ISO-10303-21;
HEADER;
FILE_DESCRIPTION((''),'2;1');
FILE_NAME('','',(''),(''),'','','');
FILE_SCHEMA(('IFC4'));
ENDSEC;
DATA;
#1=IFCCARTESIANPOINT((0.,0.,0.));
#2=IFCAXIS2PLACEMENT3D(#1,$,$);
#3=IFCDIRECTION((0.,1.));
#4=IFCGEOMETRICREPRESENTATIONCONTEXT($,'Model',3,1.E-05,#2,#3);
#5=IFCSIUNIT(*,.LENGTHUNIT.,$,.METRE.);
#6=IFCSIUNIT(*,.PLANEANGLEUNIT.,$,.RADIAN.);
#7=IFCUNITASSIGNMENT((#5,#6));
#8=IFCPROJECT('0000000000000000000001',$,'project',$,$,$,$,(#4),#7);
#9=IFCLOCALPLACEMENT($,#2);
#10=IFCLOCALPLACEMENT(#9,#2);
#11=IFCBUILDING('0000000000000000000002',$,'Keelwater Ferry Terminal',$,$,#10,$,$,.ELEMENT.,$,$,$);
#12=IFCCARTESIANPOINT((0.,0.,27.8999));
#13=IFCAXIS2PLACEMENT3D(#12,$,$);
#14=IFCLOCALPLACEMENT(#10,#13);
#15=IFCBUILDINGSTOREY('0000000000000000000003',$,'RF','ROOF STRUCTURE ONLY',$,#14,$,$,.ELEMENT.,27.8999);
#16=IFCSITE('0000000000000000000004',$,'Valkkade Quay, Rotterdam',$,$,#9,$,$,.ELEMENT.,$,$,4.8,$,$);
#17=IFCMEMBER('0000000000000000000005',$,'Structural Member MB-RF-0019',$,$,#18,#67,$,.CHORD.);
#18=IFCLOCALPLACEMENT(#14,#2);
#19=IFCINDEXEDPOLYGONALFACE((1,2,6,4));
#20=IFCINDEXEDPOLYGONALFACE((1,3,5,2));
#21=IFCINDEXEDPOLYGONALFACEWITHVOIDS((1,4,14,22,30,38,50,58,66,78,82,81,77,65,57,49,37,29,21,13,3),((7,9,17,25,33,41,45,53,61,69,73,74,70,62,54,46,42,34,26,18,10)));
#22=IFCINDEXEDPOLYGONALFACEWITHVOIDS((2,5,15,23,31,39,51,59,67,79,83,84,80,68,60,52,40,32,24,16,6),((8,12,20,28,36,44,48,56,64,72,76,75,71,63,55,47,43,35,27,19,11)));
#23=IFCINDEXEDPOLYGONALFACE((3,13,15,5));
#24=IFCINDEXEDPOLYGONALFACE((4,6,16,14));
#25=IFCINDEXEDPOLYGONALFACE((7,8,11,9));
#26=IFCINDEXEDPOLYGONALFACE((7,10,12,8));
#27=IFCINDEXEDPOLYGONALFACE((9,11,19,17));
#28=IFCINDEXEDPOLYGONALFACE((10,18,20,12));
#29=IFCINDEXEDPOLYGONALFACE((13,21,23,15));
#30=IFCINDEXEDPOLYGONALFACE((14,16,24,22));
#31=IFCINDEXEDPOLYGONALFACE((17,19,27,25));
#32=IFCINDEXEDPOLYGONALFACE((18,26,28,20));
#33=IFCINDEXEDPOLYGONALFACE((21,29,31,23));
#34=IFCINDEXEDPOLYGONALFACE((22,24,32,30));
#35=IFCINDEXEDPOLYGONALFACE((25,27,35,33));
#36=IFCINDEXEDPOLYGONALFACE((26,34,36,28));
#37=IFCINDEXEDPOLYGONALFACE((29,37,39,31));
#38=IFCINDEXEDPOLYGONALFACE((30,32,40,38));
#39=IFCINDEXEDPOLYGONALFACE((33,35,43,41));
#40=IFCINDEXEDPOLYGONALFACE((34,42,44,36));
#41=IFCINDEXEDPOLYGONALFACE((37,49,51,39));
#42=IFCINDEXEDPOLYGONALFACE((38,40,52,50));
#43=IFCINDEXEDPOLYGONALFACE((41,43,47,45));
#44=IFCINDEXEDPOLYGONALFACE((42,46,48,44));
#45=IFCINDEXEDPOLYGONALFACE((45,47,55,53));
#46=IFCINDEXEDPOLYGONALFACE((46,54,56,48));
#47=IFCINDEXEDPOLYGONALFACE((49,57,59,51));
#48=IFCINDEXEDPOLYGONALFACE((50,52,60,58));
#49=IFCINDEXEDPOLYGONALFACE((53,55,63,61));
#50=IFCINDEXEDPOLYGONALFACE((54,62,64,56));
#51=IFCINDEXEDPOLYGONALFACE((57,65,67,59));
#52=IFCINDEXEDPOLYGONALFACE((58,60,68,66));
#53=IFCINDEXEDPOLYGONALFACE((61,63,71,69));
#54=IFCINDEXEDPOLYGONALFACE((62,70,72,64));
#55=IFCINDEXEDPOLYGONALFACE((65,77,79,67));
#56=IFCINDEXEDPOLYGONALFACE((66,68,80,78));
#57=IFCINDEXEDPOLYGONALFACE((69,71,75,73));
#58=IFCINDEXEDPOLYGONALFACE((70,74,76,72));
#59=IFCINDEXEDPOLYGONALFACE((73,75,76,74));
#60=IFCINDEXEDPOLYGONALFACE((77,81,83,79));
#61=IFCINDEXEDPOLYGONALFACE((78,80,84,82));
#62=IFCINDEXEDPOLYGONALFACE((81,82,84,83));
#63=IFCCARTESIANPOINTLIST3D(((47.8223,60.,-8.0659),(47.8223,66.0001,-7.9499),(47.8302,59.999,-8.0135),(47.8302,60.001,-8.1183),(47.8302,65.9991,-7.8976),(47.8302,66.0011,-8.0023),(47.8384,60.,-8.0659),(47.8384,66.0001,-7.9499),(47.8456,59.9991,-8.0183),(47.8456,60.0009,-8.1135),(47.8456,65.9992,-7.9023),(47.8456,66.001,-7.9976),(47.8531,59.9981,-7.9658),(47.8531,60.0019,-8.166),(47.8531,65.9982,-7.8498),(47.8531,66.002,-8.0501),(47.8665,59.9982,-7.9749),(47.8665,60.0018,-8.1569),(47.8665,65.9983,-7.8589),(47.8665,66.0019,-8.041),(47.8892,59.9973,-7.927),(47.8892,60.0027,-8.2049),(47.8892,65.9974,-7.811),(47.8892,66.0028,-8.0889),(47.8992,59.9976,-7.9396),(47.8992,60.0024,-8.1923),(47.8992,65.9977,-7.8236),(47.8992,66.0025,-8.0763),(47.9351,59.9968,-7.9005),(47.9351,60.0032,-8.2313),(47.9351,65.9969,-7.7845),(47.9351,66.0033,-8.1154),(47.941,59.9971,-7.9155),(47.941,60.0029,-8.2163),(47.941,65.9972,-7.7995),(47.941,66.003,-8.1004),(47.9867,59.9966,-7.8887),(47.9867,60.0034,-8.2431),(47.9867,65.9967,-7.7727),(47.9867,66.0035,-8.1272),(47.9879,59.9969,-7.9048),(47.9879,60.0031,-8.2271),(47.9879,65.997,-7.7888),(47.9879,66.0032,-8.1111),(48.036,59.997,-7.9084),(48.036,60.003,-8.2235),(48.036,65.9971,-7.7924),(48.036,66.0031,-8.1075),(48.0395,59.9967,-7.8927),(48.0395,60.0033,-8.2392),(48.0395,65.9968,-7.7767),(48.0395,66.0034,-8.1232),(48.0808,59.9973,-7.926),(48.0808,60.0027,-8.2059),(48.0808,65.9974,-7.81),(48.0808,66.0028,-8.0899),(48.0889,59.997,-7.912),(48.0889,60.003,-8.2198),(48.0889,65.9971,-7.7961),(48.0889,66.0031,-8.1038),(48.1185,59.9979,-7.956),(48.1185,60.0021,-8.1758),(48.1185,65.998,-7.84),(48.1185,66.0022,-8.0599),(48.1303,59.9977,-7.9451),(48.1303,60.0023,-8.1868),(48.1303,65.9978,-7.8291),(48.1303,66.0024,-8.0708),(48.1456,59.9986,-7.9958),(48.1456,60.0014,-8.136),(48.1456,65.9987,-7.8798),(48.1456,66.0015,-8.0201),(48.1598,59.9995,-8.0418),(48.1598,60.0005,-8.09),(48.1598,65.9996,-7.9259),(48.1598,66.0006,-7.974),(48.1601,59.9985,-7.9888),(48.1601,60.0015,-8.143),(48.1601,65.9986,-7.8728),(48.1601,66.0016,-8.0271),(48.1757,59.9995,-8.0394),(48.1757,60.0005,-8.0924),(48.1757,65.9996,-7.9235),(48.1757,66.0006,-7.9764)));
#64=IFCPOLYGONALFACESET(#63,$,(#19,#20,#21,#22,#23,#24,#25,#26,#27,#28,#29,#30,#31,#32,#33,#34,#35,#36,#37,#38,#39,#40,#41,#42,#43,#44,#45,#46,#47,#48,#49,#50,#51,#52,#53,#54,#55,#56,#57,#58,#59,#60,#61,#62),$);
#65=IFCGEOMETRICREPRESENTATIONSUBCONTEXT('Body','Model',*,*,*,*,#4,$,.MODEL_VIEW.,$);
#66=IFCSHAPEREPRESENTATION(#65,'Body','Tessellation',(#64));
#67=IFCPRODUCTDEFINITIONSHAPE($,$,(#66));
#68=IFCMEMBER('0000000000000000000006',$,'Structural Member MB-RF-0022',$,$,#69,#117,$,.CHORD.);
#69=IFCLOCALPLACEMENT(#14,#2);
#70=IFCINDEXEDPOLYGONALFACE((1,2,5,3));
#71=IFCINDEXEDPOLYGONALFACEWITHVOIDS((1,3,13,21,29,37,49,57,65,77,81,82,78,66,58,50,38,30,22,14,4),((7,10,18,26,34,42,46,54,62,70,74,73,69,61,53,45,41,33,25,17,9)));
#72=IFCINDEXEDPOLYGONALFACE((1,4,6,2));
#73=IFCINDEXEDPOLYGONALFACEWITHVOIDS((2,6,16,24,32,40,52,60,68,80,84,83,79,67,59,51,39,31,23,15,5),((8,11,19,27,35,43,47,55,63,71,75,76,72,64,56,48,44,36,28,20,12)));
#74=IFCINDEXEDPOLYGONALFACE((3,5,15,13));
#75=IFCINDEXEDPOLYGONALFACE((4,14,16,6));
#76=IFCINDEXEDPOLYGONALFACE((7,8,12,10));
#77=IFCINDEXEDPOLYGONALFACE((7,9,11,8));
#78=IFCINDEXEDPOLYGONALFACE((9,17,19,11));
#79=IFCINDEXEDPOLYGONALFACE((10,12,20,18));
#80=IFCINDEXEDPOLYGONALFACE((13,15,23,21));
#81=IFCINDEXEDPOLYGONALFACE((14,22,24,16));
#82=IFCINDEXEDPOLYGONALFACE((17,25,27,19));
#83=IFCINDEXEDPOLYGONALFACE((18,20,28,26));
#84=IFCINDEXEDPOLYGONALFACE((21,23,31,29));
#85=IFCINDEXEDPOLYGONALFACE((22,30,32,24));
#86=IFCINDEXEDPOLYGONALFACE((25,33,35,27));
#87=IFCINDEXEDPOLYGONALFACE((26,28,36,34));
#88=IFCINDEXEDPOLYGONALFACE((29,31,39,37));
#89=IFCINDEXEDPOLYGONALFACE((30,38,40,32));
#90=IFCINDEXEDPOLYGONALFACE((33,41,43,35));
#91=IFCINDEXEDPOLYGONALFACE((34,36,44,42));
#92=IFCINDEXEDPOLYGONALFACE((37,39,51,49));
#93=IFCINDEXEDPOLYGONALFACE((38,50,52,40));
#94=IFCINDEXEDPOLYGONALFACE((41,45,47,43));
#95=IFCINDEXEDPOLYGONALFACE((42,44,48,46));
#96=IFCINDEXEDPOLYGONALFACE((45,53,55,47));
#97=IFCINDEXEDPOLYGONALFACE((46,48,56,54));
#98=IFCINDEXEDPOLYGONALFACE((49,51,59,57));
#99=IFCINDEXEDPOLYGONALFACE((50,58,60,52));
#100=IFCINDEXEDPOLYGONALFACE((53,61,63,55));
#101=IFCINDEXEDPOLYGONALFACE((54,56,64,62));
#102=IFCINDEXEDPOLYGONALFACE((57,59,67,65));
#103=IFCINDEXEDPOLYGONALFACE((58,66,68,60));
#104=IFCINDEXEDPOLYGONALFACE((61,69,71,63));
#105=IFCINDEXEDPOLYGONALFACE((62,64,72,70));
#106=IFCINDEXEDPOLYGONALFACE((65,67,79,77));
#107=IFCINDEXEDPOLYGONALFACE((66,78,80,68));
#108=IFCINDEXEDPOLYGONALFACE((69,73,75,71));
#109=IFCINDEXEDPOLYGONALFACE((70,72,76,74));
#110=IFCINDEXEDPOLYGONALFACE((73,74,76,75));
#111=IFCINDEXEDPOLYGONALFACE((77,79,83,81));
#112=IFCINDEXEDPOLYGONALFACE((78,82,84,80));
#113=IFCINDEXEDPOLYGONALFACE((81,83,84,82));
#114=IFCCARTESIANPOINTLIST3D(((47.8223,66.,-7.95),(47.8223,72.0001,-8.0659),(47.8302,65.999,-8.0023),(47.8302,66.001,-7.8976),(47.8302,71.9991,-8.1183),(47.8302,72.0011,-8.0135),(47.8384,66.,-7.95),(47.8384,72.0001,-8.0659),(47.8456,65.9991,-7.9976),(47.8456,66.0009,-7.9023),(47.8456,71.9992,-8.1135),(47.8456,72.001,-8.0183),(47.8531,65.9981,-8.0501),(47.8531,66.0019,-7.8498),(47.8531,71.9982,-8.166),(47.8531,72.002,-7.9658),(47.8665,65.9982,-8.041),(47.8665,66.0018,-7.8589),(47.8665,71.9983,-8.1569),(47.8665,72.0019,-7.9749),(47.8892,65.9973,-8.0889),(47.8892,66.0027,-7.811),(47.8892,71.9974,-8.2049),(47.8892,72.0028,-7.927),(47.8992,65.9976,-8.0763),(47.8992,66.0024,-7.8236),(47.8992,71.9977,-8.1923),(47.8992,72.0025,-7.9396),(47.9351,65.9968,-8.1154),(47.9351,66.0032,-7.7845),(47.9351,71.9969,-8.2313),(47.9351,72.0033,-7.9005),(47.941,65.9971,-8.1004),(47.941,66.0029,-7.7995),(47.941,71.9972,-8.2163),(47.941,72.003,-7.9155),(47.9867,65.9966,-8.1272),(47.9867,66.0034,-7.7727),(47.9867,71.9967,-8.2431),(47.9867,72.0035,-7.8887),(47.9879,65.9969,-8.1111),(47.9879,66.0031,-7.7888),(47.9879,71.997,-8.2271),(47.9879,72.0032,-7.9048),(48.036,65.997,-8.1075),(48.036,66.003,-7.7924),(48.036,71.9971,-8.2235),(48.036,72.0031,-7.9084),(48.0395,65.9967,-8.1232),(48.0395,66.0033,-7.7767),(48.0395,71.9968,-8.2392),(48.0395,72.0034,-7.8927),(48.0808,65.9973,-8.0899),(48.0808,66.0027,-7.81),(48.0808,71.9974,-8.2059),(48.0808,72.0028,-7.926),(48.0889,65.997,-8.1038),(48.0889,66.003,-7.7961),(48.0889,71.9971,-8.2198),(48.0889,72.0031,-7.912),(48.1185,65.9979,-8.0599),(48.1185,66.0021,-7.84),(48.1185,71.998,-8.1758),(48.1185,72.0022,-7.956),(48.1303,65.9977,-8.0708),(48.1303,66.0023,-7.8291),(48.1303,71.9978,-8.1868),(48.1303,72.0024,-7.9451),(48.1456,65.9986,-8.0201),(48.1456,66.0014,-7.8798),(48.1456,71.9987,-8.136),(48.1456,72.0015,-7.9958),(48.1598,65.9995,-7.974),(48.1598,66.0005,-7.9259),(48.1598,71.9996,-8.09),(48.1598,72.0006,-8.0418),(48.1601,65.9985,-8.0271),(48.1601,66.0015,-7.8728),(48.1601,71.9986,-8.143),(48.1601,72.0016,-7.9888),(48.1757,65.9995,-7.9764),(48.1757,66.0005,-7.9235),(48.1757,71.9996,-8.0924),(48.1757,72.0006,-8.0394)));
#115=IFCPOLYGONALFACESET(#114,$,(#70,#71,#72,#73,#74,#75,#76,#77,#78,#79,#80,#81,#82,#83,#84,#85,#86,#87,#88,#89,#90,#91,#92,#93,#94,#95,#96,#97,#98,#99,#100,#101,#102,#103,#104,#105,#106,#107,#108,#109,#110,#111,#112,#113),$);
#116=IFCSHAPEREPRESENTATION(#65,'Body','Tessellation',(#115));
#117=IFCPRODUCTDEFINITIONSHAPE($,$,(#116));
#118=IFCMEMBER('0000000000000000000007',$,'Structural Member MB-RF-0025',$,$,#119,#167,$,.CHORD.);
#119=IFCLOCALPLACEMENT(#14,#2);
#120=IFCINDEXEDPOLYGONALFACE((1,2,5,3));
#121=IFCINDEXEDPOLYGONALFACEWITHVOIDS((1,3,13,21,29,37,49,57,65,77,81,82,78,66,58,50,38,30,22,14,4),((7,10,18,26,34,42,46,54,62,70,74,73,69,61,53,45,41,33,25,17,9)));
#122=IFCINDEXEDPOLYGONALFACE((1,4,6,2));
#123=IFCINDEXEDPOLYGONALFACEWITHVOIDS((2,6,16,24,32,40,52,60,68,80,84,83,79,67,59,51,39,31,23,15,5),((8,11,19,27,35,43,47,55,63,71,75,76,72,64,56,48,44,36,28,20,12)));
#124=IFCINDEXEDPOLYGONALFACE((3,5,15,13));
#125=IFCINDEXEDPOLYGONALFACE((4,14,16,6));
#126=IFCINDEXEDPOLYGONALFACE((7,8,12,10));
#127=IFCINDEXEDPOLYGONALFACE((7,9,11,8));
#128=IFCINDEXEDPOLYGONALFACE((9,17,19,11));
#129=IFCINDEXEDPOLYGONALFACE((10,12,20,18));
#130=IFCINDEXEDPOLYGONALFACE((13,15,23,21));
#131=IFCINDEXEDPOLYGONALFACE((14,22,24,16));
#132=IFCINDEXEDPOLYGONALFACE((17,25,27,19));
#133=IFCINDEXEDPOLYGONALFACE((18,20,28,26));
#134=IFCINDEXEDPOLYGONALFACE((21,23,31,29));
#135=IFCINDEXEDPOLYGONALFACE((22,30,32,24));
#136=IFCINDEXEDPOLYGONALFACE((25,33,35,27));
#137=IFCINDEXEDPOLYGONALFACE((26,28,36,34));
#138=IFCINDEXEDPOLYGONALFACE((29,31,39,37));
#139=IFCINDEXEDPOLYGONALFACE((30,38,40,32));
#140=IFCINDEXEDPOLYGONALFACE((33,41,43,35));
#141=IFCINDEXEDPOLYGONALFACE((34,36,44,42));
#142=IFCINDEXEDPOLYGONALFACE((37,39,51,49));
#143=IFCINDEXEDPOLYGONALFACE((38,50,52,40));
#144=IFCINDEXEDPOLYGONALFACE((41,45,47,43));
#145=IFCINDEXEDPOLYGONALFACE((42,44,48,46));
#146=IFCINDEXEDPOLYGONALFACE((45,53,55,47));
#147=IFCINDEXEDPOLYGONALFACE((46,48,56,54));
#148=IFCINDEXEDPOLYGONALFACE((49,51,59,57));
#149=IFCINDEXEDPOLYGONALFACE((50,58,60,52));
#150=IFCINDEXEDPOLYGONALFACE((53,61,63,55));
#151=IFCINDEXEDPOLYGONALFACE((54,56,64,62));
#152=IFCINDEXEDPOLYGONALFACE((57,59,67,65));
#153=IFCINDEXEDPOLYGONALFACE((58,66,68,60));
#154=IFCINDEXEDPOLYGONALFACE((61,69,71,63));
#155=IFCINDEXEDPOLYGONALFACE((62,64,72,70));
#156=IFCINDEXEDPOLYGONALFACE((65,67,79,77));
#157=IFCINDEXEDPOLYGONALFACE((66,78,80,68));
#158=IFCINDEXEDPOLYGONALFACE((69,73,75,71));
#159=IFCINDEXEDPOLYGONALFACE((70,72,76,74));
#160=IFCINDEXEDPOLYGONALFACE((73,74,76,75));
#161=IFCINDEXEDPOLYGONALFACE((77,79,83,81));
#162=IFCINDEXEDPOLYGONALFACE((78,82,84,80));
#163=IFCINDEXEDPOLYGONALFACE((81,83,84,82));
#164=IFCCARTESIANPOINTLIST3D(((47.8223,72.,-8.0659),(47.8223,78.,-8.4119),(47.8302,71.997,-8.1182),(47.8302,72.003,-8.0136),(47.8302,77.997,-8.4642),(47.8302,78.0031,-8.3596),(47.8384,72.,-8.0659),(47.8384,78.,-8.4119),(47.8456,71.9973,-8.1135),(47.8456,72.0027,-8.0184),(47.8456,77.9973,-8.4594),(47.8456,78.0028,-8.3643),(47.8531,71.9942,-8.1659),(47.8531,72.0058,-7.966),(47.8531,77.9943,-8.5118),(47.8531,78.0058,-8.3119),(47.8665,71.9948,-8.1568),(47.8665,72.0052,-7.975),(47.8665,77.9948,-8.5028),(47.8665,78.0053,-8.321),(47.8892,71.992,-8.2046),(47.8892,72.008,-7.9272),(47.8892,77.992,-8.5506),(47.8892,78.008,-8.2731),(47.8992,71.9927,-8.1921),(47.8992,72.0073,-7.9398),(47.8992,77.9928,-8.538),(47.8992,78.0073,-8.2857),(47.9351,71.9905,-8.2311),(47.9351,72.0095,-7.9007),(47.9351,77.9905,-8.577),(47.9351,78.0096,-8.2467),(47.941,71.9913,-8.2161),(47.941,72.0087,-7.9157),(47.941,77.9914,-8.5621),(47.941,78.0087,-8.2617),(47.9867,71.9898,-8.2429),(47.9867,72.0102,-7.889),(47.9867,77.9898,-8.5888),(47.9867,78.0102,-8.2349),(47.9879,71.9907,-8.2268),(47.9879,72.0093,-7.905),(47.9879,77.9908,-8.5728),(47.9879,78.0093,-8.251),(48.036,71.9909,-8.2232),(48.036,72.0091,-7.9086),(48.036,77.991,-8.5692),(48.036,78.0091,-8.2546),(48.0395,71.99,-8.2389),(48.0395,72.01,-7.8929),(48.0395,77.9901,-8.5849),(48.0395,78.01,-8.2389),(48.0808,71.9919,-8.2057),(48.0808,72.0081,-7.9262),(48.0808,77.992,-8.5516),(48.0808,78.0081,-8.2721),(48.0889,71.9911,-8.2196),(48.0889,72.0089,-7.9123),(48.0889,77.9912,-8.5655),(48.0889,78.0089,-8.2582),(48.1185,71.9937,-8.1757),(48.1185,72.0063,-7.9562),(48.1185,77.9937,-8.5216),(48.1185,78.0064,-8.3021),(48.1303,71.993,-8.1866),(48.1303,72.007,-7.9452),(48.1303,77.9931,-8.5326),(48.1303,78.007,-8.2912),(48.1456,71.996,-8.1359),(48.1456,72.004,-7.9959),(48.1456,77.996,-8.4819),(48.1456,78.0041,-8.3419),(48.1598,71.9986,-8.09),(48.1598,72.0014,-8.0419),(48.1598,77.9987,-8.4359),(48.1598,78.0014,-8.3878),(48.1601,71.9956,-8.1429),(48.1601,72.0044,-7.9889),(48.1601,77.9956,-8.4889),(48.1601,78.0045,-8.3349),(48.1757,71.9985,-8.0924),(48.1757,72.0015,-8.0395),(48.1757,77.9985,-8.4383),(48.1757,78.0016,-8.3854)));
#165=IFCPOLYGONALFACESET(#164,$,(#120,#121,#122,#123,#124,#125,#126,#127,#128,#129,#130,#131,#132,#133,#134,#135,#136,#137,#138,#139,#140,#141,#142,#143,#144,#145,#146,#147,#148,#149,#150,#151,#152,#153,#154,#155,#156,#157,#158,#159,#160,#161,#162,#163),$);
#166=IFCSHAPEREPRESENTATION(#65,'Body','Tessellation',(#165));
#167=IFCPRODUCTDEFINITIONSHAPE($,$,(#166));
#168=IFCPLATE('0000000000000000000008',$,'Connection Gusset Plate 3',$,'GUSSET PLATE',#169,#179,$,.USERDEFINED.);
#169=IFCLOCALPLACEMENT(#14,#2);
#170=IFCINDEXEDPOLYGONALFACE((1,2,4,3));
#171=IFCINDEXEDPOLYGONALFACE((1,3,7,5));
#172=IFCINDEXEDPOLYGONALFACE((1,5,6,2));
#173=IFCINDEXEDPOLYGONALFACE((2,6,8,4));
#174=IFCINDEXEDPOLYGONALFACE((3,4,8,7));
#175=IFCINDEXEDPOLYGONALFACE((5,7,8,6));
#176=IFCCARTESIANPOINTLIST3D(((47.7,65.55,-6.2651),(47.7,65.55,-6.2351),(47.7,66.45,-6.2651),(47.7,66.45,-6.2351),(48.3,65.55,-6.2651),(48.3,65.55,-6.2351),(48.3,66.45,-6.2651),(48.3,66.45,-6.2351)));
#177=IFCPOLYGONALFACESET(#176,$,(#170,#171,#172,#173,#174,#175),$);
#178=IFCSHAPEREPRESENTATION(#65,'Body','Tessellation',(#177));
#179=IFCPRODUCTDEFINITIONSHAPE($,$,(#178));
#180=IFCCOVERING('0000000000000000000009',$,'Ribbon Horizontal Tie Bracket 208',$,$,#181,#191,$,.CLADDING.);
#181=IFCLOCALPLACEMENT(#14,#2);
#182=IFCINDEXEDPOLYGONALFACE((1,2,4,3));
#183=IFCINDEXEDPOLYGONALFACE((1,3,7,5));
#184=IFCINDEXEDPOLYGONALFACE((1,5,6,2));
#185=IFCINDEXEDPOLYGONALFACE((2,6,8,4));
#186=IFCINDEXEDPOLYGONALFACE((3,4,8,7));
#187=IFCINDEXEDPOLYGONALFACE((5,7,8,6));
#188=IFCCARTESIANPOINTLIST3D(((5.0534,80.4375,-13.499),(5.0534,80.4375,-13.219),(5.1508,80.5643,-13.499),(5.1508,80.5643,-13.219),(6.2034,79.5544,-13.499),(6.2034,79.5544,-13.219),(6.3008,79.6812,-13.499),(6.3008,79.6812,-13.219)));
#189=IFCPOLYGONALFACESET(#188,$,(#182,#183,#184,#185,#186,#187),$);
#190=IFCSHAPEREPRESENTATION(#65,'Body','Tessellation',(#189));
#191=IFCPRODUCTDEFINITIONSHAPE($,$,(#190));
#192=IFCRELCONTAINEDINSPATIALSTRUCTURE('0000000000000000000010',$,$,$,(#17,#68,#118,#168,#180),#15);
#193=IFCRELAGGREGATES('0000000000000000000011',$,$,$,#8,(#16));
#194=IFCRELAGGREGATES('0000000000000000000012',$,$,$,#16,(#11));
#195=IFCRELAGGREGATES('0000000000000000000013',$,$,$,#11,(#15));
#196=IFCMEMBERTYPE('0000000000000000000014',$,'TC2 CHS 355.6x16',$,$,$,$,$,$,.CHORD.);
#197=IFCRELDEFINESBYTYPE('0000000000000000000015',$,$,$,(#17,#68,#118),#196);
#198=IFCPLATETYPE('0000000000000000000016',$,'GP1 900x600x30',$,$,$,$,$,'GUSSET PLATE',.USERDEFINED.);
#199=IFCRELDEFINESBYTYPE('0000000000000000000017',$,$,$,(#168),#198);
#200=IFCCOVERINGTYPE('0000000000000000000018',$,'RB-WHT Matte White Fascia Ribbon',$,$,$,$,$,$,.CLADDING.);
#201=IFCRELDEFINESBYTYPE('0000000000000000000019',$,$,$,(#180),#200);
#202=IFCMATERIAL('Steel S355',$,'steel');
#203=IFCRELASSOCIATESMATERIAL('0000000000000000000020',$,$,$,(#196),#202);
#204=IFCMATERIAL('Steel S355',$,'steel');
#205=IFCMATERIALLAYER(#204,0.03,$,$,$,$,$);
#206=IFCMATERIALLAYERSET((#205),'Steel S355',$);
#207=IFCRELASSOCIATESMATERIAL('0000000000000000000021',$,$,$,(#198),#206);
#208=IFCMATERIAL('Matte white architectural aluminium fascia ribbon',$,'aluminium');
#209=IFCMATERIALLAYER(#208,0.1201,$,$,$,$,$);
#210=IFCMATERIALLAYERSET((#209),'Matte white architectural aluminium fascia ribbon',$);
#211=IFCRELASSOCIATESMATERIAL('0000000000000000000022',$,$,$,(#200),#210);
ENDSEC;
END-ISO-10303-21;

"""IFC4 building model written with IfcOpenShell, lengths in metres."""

from ifc_helpers import new_model, si_unit, direction, frame, frame_2d, origin, origin_2d, place, context, subcontext, project, spatial, rectangle, hollow_circle, extrude, material, layer, layer_set, material_profile, profile_set, type_object, element, save


model = new_model("IFC4")

# Units and contexts
model_context = context("Model", 3, precision=1e-05, world=origin(), true_north=direction((0.0, 1.0)))
body_context = subcontext(model_context, "Body", "Model", "MODEL_VIEW")
ifc_project = project(units=[si_unit("LENGTHUNIT", "METRE"), si_unit("PLANEANGLEUNIT", "RADIAN")], contexts=[model_context])

# Site, building, storey
site_placement = place(None, origin())
site = spatial("IfcSite", under=ifc_project, at=site_placement, Name="Valkkade Quay, Rotterdam", CompositionType="ELEMENT", RefElevation=4.8)
building_placement = place(site_placement, origin())
building = spatial("IfcBuilding", under=site, at=building_placement, Name="Keelwater Ferry Terminal", CompositionType="ELEMENT")
storey_placement = place(building_placement, frame((0.0, 0.0, 27.8999)))
storey = spatial("IfcBuildingStorey", under=building, at=storey_placement, Name="RF", Description="ROOF STRUCTURE ONLY", CompositionType="ELEMENT", Elevation=27.8999)

# Members
ifc_material_1 = material(Name="Steel S355", Category="steel")
ifc_material_profile_1 = material_profile(ifc_material_1, hollow_circle(Radius=0.1777, WallThickness=0.0161, at=origin_2d()), Name="CHS 355.6x16")
ifc_profile_set_1 = profile_set([ifc_material_profile_1], Name="Steel S355")
member_type_1 = type_object("IfcMemberType", Name="TC2 CHS 355.6x16", PredefinedType="CHORD", material=ifc_profile_set_1)
for number, where, z_axis, x_axis, name in (
    (1, (48.0, 60.0, -8.0659), (0.0, 0.999813, 0.019324), (-1.0, 0.0, 0.0), "Structural Member MB-RF-0019"),
    (2, (48.0, 66.0, -7.95), (0.0, 0.999813, -0.019324), (-1.0, 0.0, 0.0), "Structural Member MB-RF-0022"),
):
    element("IfcMember", number, at=place(storey_placement, frame(where, z_axis=z_axis, x_axis=x_axis)), inside=storey, type_object=member_type_1, Name=name, PredefinedType="CHORD", context=body_context, shape_type="SweptSolid", body=[
        extrude(hollow_circle(Radius=0.1777, WallThickness=0.0161, at=origin_2d()), origin(), (0.0, 0.0, 1.0), 6.0012),
    ])
member_1_placement = place(storey_placement, frame((48.0, 72.0, -8.0659), z_axis=(0.0, 0.998342, -0.057562), x_axis=(-1.0, 0.0, 0.0)))
element("IfcMember", 3, at=member_1_placement, inside=storey, type_object=member_type_1, Name="Structural Member MB-RF-0025", PredefinedType="CHORD", context=body_context, shape_type="SweptSolid", body=[
    extrude(hollow_circle(Radius=0.1777, WallThickness=0.0161, at=origin_2d()), origin(), (0.0, 0.0, 1.0), 6.01),
])

# Plate
ifc_material_2 = material(Name="Steel S355", Category="steel")
ifc_layer_1 = layer(ifc_material_2, 0.03)
ifc_layer_set_1 = layer_set([ifc_layer_1], Name="Steel S355")
plate_type = type_object("IfcPlateType", Name="GP1 900x600x30", ElementType="GUSSET PLATE", PredefinedType="USERDEFINED", material=ifc_layer_set_1)
plate_placement = place(storey_placement, frame((48.0, 66.0, -6.2651), z_axis=(0.0, 0.0, 1.0), x_axis=(0.0, 1.0, 0.0)))
element("IfcPlate", 4, at=plate_placement, inside=storey, type_object=plate_type, Name="Connection Gusset Plate 3", ObjectType="GUSSET PLATE", PredefinedType="USERDEFINED", context=body_context, shape_type="SweptSolid", body=[
    extrude(rectangle(XDim=0.8999, YDim=0.6001, at=origin_2d()), origin(), (0.0, 0.0, 1.0), 0.03),
])

# Covering
ifc_material_3 = material(Name="Matte white architectural aluminium fascia ribbon", Category="aluminium")
ifc_layer_2 = layer(ifc_material_3, 0.1201)
ifc_layer_set_2 = layer_set([ifc_layer_2], Name="Matte white architectural aluminium fascia ribbon")
covering_type = type_object("IfcCoveringType", Name="RB-WHT Matte White Fascia Ribbon", PredefinedType="CLADDING", material=ifc_layer_set_2)
covering_1_placement = place(storey_placement, frame((5.1021, 80.501, -13.499), z_axis=(0.0, 0.0, 1.0), x_axis=(0.793118, -0.609068, 0.0)))
element("IfcCovering", 5, at=covering_1_placement, inside=storey, type_object=covering_type, Name="Ribbon Horizontal Tie Bracket 208", PredefinedType="CLADDING", context=body_context, shape_type="SweptSolid", body=[
    extrude(rectangle(XDim=1.45, YDim=0.1599, at=frame_2d((0.7251, 0.0))), origin(), (0.0, 0.0, 1.0), 0.28),
])

save(model, "model.ifc")
